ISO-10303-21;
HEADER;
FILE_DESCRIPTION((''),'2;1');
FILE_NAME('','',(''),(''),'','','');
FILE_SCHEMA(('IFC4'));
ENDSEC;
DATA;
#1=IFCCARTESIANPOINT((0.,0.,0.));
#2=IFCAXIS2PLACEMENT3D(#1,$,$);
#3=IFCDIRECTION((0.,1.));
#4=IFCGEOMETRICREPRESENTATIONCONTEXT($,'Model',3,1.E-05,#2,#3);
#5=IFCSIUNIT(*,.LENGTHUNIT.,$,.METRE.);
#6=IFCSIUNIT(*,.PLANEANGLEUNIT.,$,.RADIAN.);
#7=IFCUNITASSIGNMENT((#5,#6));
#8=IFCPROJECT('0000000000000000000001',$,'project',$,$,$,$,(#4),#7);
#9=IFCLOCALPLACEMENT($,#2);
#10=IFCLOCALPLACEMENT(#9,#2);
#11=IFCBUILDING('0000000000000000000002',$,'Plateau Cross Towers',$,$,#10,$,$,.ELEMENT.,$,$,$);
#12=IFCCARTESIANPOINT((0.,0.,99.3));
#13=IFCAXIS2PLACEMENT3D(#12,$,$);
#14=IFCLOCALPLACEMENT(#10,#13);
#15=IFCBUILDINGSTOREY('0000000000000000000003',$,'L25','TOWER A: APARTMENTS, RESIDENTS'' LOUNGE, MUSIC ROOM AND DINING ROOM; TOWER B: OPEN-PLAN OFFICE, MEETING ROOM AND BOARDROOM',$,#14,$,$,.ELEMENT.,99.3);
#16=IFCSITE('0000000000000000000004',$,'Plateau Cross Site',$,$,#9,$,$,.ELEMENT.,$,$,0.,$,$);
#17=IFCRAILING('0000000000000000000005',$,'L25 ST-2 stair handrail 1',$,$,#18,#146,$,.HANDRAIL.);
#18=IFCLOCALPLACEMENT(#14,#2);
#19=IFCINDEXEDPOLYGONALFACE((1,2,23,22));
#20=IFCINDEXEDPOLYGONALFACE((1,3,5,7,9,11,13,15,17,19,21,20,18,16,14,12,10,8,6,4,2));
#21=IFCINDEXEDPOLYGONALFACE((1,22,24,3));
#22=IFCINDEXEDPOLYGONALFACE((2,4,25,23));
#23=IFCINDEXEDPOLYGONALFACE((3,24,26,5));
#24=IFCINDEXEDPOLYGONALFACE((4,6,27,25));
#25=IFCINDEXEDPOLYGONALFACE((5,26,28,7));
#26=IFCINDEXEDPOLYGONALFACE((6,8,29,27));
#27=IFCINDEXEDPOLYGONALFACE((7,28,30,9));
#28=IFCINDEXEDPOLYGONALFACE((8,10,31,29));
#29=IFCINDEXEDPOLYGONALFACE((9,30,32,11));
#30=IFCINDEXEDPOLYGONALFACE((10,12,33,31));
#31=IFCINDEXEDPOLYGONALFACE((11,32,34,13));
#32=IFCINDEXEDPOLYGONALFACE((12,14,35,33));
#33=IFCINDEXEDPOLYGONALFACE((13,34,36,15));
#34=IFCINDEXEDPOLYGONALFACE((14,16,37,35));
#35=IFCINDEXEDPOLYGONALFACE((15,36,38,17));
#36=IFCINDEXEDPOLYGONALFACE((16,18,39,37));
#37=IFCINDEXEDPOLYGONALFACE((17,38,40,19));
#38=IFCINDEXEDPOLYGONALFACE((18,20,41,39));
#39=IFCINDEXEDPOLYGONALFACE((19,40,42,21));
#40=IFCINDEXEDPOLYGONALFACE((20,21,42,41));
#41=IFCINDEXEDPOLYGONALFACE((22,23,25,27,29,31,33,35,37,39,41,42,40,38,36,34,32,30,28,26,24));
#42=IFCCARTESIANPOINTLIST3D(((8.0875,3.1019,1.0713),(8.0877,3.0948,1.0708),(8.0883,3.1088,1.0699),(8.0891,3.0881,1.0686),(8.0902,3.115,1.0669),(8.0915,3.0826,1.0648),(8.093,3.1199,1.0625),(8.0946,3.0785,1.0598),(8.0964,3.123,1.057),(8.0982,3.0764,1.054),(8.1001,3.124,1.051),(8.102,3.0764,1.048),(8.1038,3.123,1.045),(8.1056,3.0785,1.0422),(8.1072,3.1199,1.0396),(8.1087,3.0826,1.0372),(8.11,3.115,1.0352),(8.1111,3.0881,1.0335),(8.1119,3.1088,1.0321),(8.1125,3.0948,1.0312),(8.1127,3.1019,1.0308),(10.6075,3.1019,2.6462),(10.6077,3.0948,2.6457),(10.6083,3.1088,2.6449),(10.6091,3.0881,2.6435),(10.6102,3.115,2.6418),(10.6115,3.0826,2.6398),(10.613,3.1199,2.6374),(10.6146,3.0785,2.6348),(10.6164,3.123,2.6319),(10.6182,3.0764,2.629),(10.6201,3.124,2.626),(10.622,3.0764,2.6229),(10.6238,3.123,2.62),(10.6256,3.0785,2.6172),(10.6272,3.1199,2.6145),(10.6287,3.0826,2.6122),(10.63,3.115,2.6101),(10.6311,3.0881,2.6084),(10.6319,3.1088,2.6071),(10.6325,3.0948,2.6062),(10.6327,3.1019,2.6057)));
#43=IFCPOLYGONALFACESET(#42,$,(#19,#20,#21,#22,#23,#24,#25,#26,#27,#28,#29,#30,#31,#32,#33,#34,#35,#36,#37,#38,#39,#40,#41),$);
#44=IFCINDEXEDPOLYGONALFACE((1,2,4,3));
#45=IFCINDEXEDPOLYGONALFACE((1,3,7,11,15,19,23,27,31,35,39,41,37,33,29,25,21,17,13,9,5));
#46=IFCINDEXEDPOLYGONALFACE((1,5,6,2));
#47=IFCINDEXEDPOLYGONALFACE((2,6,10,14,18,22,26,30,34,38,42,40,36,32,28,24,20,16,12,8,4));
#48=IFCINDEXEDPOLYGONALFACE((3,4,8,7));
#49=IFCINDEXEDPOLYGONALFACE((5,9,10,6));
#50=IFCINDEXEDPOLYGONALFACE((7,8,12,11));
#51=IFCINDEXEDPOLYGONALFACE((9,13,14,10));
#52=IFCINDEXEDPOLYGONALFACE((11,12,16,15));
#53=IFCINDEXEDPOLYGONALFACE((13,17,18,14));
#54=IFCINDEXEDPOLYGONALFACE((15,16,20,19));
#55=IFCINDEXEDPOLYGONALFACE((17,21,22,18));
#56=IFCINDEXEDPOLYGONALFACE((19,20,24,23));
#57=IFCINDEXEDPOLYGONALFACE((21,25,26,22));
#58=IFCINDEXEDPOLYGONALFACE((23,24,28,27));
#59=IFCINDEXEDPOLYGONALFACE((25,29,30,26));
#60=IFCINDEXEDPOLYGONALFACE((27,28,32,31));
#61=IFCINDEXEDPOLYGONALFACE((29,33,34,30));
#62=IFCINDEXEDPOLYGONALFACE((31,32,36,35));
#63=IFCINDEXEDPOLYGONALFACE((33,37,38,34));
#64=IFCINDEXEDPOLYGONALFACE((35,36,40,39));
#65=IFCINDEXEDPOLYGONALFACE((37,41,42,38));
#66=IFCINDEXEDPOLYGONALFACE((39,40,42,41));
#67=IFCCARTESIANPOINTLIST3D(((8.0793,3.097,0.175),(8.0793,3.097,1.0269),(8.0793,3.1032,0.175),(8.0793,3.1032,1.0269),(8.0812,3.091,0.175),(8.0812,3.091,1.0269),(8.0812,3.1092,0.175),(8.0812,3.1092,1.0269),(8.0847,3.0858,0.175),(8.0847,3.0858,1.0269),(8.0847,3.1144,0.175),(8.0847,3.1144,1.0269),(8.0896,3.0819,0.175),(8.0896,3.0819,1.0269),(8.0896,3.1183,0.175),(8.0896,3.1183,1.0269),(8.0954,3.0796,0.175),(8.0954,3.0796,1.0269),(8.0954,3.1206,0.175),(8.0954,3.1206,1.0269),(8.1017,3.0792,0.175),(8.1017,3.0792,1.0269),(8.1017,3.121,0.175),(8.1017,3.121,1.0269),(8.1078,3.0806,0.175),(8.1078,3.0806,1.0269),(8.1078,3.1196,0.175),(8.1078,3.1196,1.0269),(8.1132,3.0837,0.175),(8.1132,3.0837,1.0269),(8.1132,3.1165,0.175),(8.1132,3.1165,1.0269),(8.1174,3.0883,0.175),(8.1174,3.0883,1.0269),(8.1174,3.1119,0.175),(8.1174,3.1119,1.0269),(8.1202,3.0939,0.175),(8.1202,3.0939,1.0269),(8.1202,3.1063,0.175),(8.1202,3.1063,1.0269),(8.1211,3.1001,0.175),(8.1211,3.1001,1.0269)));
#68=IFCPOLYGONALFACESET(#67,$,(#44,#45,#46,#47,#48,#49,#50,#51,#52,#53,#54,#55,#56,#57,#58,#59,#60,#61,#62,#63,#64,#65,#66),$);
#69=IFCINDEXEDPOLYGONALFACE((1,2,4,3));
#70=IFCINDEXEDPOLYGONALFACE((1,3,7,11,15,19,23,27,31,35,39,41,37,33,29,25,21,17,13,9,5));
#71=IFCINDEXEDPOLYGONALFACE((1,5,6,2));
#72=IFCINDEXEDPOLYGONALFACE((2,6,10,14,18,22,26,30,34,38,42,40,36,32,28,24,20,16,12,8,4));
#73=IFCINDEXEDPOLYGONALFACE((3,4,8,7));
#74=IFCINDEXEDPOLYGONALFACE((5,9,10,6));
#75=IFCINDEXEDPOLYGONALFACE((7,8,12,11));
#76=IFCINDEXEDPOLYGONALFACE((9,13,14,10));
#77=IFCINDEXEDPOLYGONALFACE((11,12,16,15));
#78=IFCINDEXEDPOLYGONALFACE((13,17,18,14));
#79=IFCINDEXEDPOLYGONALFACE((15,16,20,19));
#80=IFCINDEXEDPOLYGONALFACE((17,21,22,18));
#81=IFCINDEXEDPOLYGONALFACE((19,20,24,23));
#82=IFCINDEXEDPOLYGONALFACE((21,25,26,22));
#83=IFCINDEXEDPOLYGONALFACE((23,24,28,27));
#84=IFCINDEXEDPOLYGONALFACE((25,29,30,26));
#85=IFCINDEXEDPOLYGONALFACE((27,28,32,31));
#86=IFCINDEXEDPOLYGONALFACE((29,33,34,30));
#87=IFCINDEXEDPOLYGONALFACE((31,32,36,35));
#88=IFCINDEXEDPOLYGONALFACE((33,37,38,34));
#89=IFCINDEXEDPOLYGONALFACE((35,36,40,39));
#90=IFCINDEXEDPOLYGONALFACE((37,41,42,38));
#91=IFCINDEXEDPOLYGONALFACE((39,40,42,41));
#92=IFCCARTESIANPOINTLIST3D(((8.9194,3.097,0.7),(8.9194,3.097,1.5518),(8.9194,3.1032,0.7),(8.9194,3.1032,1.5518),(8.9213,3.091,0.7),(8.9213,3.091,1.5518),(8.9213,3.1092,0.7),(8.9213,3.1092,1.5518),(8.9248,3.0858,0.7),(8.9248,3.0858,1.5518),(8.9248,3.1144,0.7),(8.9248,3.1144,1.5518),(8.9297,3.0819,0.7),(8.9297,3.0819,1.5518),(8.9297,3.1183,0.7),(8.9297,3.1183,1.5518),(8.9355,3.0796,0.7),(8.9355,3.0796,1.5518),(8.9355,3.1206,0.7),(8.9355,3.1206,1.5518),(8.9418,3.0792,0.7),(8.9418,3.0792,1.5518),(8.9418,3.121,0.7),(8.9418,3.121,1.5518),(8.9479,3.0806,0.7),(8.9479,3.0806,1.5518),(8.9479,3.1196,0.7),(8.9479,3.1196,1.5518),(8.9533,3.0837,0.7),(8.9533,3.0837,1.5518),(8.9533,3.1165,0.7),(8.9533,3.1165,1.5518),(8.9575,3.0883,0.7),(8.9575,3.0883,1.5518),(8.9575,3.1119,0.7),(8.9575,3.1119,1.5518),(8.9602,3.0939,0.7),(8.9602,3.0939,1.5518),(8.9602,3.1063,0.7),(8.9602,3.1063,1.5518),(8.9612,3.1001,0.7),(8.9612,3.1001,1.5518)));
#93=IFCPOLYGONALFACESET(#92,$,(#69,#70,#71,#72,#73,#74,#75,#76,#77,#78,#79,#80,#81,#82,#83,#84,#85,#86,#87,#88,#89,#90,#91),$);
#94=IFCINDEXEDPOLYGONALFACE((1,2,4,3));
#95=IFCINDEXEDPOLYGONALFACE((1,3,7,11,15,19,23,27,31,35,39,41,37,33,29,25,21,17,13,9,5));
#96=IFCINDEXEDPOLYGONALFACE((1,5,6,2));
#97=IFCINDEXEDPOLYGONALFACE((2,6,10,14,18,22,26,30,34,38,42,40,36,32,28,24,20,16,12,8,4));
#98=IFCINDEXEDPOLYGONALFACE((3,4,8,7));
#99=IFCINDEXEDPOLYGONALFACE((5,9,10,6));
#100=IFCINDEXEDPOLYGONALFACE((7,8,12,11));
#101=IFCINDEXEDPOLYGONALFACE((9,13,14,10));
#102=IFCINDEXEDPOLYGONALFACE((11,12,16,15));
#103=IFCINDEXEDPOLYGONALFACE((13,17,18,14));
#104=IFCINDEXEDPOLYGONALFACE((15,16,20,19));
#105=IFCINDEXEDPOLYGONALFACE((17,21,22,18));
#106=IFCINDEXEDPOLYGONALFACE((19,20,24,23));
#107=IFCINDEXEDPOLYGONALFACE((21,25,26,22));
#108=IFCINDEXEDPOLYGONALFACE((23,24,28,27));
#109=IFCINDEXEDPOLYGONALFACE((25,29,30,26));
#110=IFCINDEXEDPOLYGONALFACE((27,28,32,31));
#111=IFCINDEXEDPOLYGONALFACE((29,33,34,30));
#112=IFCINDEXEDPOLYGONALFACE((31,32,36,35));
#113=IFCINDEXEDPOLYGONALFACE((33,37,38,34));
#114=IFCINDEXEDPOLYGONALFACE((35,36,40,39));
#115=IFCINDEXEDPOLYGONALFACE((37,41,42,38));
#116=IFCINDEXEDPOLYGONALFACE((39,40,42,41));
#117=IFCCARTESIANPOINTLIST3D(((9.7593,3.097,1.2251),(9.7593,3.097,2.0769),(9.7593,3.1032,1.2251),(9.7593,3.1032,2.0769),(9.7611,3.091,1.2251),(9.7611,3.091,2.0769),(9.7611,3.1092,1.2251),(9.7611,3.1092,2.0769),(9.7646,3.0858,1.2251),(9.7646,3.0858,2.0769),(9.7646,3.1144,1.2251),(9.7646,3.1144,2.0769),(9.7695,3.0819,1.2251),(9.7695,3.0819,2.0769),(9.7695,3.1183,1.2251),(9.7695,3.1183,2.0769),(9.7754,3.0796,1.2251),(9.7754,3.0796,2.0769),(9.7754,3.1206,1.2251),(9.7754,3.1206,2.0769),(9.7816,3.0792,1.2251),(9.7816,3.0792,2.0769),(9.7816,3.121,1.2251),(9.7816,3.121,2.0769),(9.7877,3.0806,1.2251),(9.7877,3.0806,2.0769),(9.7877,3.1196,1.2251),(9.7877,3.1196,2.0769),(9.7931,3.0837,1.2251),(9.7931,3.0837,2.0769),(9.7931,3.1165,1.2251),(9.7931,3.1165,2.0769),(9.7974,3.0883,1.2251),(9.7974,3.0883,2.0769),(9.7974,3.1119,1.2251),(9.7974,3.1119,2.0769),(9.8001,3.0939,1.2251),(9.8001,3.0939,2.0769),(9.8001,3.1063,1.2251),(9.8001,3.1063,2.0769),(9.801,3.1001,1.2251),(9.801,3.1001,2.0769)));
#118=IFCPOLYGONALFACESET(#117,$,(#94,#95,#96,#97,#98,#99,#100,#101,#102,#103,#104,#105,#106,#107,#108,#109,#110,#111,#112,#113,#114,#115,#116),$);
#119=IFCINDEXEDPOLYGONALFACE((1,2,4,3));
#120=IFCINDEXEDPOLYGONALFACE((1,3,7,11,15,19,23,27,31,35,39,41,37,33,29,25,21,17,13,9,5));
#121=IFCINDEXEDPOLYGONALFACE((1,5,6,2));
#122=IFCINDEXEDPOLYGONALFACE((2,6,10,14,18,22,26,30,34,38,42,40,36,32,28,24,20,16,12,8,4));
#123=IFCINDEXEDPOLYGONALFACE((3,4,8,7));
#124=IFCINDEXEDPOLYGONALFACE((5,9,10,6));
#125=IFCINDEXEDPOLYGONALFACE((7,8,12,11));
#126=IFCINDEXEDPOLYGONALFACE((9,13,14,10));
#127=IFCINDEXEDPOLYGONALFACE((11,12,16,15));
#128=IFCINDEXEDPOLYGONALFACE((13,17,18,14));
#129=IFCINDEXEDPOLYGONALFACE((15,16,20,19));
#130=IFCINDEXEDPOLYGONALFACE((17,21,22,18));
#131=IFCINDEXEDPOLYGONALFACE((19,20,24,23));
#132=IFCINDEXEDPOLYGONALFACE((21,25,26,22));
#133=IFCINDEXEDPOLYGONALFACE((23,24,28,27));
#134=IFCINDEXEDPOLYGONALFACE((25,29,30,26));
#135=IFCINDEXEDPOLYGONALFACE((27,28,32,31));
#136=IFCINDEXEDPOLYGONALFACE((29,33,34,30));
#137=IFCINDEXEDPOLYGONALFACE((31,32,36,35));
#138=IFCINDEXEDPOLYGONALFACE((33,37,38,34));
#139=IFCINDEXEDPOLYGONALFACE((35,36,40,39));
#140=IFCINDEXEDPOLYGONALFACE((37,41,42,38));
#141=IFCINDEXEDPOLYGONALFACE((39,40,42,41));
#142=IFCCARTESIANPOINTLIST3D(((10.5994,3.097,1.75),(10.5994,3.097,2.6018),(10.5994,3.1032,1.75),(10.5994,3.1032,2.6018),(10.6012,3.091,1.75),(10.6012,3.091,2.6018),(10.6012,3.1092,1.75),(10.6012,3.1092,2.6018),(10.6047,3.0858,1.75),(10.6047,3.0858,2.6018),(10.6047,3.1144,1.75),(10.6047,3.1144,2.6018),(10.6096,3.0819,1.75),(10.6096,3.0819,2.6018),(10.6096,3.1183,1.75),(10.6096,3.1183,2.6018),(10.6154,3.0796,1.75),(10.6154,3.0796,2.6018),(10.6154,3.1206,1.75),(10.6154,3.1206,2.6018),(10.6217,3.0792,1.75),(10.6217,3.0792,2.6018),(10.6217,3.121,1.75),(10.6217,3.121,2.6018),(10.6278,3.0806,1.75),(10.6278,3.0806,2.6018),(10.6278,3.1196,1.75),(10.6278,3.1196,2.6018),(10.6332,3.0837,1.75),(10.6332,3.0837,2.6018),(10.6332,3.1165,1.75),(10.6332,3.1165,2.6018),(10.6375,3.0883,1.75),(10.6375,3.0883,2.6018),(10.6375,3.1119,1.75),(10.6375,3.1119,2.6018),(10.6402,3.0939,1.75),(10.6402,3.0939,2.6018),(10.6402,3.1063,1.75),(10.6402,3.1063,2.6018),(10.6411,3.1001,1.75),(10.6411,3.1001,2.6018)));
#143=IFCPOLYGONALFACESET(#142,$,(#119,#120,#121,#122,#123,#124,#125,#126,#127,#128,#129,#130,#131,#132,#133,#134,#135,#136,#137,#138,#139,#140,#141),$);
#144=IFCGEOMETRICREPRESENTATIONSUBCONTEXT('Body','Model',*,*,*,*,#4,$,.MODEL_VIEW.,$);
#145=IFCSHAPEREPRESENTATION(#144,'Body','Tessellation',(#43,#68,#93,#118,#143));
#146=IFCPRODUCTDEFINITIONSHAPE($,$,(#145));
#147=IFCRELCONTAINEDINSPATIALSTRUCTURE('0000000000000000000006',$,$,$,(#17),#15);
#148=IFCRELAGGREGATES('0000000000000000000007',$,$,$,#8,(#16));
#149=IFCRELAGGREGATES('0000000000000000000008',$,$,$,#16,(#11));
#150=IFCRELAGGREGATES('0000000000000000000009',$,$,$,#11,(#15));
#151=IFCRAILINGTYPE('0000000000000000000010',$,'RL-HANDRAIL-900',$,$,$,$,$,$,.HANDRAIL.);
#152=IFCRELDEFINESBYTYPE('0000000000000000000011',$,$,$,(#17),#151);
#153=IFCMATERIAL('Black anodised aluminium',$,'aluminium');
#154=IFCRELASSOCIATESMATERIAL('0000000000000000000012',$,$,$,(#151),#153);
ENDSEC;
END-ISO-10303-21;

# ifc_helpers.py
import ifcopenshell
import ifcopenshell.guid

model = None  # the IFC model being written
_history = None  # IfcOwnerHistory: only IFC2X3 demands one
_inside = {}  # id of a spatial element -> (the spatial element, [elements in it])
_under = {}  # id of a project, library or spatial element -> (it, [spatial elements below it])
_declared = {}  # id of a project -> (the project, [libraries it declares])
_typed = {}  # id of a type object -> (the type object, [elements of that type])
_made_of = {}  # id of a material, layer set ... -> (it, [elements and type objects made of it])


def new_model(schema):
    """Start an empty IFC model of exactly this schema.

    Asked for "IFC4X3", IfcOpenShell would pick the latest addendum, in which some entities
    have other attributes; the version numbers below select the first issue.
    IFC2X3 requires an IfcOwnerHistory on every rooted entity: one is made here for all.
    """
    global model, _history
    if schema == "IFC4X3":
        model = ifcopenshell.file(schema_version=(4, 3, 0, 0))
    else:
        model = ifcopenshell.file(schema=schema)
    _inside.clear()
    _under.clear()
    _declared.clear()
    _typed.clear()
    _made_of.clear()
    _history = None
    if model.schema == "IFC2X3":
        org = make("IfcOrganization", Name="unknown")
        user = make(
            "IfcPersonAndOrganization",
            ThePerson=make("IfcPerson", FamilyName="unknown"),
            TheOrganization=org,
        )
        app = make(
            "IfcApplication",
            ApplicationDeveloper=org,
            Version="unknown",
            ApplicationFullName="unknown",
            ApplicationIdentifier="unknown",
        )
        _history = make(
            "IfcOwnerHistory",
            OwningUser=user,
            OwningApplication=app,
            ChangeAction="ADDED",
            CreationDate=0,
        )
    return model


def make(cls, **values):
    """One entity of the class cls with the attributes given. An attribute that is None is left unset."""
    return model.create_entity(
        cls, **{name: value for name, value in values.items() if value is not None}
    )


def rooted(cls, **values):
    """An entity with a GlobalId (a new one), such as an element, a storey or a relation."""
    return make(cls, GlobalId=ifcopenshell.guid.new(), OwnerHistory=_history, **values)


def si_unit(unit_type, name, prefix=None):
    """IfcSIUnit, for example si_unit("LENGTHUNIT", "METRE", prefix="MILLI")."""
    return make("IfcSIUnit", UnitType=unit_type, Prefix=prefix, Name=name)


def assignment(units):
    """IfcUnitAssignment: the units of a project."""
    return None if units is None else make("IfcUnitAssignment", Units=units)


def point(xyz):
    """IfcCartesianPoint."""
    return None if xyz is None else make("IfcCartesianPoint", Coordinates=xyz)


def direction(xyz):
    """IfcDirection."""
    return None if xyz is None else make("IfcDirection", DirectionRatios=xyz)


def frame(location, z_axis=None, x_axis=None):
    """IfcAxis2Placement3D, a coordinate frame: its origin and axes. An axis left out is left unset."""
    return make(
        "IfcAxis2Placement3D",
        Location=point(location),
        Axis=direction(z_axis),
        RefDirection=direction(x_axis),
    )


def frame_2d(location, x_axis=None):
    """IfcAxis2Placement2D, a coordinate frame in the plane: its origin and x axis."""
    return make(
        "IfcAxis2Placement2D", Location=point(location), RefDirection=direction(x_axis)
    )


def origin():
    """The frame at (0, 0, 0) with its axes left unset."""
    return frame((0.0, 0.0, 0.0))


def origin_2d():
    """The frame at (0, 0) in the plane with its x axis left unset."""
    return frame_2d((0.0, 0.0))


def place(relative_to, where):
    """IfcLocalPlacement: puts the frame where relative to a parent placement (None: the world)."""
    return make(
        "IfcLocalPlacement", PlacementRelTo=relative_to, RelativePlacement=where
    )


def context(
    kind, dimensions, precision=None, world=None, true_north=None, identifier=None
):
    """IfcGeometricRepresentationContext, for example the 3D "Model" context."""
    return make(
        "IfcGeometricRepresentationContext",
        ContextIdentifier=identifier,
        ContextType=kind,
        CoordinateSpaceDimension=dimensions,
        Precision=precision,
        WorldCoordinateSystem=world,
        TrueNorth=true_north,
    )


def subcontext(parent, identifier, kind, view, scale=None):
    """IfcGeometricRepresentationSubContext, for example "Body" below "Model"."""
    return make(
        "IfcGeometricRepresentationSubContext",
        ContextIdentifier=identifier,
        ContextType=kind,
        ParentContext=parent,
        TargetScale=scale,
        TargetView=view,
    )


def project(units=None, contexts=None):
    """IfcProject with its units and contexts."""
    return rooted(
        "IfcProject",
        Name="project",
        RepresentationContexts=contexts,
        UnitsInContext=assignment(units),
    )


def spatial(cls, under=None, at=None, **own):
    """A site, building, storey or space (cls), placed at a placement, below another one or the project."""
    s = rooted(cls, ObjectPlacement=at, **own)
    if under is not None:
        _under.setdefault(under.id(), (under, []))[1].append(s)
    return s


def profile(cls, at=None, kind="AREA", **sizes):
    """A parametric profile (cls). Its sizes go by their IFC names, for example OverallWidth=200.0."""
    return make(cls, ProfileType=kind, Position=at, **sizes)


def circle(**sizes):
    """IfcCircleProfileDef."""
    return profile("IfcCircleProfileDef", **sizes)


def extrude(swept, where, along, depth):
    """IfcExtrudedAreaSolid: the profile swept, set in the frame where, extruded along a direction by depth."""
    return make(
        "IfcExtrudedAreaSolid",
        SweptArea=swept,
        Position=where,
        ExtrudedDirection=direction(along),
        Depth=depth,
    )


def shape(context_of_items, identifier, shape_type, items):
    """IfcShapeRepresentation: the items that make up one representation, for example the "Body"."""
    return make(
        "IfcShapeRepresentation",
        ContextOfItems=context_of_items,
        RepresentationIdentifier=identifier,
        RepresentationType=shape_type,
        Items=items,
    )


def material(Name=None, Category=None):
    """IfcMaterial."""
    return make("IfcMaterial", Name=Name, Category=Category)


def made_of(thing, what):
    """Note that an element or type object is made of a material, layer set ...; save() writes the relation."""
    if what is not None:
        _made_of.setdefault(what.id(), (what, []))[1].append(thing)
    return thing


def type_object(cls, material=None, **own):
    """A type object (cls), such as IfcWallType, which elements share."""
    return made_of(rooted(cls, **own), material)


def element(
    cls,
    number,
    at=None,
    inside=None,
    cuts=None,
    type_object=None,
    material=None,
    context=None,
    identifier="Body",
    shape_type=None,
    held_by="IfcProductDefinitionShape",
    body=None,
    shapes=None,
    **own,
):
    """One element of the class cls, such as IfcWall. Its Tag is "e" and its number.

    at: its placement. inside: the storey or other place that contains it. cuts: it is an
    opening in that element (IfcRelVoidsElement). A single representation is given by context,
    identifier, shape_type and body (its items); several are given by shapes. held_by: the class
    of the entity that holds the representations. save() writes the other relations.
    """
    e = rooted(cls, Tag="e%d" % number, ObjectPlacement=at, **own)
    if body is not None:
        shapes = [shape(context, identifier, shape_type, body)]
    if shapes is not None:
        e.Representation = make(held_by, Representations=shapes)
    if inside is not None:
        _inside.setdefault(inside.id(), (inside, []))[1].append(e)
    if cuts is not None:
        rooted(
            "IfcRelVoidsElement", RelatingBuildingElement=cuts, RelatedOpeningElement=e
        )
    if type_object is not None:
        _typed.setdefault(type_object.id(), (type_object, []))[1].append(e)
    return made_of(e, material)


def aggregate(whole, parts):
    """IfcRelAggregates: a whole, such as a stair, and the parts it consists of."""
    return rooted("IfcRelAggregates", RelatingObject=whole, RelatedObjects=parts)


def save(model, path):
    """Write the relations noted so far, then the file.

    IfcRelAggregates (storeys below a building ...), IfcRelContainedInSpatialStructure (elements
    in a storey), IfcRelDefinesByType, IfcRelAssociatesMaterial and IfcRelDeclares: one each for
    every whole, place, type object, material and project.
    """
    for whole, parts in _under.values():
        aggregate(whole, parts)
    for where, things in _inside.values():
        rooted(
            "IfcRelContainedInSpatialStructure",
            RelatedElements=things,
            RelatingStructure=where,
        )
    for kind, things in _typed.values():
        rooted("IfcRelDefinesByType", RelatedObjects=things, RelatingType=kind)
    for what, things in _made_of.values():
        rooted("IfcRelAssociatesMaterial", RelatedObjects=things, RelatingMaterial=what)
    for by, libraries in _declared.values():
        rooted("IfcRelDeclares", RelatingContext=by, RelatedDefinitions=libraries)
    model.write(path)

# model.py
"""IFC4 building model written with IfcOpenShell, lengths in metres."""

from ifc_helpers import new_model, si_unit, direction, frame, origin, origin_2d, place, context, subcontext, project, spatial, circle, extrude, material, type_object, element, save


model = new_model("IFC4")

# Units and contexts
model_context = context("Model", 3, precision=1e-05, world=origin(), true_north=direction((0.0, 1.0)))
body_context = subcontext(model_context, "Body", "Model", "MODEL_VIEW")
ifc_project = project(units=[si_unit("LENGTHUNIT", "METRE"), si_unit("PLANEANGLEUNIT", "RADIAN")], contexts=[model_context])

# Site, building, storey
site_placement = place(None, origin())
site = spatial("IfcSite", under=ifc_project, at=site_placement, Name="Plateau Cross Site", CompositionType="ELEMENT", RefElevation=0.0)
building_placement = place(site_placement, origin())
building = spatial("IfcBuilding", under=site, at=building_placement, Name="Plateau Cross Towers", CompositionType="ELEMENT")
storey_placement = place(building_placement, frame((0.0, 0.0, 99.3)))
storey = spatial("IfcBuildingStorey", under=building, at=storey_placement, Name="L25", Description="TOWER A: APARTMENTS, RESIDENTS' LOUNGE, MUSIC ROOM AND DINING ROOM; TOWER B: OPEN-PLAN OFFICE, MEETING ROOM AND BOARDROOM", CompositionType="ELEMENT", Elevation=99.3)

# Shared definitions
ifc_material_1 = material(Name="Black anodised aluminium", Category="aluminium")

# Railing
railing_type_1 = type_object("IfcRailingType", Name="RL-HANDRAIL-900", PredefinedType="HANDRAIL", material=ifc_material_1)
railing_1_placement = place(storey_placement, frame((8.1001, 3.1001, 0.175)))
element("IfcRailing", 1, at=railing_1_placement, inside=storey, type_object=railing_type_1, Name="L25 ST-2 stair handrail 1", PredefinedType="HANDRAIL", context=body_context, shape_type="SweptSolid", body=[
    extrude(circle(Radius=0.0239, at=origin_2d()), frame((0.0, 0.0, 0.876), z_axis=(0.848008, 0.0, 0.529984), x_axis=(0.0, 1.0, 0.0)), (0.0, 0.0, 1.0), 2.9717),
    extrude(circle(Radius=0.021, at=origin_2d()), origin(), (0.0, 0.0, 1.0), 0.8518),
    extrude(circle(Radius=0.021, at=origin_2d()), frame((0.8401, 0.0, 0.5249)), (0.0, 0.0, 1.0), 0.8518),
    extrude(circle(Radius=0.021, at=origin_2d()), frame((1.6799, 0.0, 1.05)), (0.0, 0.0, 1.0), 0.8518),
    extrude(circle(Radius=0.021, at=origin_2d()), frame((2.52, 0.0, 1.575)), (0.0, 0.0, 1.0), 0.8518),
])

save(model, "model.ifc")
